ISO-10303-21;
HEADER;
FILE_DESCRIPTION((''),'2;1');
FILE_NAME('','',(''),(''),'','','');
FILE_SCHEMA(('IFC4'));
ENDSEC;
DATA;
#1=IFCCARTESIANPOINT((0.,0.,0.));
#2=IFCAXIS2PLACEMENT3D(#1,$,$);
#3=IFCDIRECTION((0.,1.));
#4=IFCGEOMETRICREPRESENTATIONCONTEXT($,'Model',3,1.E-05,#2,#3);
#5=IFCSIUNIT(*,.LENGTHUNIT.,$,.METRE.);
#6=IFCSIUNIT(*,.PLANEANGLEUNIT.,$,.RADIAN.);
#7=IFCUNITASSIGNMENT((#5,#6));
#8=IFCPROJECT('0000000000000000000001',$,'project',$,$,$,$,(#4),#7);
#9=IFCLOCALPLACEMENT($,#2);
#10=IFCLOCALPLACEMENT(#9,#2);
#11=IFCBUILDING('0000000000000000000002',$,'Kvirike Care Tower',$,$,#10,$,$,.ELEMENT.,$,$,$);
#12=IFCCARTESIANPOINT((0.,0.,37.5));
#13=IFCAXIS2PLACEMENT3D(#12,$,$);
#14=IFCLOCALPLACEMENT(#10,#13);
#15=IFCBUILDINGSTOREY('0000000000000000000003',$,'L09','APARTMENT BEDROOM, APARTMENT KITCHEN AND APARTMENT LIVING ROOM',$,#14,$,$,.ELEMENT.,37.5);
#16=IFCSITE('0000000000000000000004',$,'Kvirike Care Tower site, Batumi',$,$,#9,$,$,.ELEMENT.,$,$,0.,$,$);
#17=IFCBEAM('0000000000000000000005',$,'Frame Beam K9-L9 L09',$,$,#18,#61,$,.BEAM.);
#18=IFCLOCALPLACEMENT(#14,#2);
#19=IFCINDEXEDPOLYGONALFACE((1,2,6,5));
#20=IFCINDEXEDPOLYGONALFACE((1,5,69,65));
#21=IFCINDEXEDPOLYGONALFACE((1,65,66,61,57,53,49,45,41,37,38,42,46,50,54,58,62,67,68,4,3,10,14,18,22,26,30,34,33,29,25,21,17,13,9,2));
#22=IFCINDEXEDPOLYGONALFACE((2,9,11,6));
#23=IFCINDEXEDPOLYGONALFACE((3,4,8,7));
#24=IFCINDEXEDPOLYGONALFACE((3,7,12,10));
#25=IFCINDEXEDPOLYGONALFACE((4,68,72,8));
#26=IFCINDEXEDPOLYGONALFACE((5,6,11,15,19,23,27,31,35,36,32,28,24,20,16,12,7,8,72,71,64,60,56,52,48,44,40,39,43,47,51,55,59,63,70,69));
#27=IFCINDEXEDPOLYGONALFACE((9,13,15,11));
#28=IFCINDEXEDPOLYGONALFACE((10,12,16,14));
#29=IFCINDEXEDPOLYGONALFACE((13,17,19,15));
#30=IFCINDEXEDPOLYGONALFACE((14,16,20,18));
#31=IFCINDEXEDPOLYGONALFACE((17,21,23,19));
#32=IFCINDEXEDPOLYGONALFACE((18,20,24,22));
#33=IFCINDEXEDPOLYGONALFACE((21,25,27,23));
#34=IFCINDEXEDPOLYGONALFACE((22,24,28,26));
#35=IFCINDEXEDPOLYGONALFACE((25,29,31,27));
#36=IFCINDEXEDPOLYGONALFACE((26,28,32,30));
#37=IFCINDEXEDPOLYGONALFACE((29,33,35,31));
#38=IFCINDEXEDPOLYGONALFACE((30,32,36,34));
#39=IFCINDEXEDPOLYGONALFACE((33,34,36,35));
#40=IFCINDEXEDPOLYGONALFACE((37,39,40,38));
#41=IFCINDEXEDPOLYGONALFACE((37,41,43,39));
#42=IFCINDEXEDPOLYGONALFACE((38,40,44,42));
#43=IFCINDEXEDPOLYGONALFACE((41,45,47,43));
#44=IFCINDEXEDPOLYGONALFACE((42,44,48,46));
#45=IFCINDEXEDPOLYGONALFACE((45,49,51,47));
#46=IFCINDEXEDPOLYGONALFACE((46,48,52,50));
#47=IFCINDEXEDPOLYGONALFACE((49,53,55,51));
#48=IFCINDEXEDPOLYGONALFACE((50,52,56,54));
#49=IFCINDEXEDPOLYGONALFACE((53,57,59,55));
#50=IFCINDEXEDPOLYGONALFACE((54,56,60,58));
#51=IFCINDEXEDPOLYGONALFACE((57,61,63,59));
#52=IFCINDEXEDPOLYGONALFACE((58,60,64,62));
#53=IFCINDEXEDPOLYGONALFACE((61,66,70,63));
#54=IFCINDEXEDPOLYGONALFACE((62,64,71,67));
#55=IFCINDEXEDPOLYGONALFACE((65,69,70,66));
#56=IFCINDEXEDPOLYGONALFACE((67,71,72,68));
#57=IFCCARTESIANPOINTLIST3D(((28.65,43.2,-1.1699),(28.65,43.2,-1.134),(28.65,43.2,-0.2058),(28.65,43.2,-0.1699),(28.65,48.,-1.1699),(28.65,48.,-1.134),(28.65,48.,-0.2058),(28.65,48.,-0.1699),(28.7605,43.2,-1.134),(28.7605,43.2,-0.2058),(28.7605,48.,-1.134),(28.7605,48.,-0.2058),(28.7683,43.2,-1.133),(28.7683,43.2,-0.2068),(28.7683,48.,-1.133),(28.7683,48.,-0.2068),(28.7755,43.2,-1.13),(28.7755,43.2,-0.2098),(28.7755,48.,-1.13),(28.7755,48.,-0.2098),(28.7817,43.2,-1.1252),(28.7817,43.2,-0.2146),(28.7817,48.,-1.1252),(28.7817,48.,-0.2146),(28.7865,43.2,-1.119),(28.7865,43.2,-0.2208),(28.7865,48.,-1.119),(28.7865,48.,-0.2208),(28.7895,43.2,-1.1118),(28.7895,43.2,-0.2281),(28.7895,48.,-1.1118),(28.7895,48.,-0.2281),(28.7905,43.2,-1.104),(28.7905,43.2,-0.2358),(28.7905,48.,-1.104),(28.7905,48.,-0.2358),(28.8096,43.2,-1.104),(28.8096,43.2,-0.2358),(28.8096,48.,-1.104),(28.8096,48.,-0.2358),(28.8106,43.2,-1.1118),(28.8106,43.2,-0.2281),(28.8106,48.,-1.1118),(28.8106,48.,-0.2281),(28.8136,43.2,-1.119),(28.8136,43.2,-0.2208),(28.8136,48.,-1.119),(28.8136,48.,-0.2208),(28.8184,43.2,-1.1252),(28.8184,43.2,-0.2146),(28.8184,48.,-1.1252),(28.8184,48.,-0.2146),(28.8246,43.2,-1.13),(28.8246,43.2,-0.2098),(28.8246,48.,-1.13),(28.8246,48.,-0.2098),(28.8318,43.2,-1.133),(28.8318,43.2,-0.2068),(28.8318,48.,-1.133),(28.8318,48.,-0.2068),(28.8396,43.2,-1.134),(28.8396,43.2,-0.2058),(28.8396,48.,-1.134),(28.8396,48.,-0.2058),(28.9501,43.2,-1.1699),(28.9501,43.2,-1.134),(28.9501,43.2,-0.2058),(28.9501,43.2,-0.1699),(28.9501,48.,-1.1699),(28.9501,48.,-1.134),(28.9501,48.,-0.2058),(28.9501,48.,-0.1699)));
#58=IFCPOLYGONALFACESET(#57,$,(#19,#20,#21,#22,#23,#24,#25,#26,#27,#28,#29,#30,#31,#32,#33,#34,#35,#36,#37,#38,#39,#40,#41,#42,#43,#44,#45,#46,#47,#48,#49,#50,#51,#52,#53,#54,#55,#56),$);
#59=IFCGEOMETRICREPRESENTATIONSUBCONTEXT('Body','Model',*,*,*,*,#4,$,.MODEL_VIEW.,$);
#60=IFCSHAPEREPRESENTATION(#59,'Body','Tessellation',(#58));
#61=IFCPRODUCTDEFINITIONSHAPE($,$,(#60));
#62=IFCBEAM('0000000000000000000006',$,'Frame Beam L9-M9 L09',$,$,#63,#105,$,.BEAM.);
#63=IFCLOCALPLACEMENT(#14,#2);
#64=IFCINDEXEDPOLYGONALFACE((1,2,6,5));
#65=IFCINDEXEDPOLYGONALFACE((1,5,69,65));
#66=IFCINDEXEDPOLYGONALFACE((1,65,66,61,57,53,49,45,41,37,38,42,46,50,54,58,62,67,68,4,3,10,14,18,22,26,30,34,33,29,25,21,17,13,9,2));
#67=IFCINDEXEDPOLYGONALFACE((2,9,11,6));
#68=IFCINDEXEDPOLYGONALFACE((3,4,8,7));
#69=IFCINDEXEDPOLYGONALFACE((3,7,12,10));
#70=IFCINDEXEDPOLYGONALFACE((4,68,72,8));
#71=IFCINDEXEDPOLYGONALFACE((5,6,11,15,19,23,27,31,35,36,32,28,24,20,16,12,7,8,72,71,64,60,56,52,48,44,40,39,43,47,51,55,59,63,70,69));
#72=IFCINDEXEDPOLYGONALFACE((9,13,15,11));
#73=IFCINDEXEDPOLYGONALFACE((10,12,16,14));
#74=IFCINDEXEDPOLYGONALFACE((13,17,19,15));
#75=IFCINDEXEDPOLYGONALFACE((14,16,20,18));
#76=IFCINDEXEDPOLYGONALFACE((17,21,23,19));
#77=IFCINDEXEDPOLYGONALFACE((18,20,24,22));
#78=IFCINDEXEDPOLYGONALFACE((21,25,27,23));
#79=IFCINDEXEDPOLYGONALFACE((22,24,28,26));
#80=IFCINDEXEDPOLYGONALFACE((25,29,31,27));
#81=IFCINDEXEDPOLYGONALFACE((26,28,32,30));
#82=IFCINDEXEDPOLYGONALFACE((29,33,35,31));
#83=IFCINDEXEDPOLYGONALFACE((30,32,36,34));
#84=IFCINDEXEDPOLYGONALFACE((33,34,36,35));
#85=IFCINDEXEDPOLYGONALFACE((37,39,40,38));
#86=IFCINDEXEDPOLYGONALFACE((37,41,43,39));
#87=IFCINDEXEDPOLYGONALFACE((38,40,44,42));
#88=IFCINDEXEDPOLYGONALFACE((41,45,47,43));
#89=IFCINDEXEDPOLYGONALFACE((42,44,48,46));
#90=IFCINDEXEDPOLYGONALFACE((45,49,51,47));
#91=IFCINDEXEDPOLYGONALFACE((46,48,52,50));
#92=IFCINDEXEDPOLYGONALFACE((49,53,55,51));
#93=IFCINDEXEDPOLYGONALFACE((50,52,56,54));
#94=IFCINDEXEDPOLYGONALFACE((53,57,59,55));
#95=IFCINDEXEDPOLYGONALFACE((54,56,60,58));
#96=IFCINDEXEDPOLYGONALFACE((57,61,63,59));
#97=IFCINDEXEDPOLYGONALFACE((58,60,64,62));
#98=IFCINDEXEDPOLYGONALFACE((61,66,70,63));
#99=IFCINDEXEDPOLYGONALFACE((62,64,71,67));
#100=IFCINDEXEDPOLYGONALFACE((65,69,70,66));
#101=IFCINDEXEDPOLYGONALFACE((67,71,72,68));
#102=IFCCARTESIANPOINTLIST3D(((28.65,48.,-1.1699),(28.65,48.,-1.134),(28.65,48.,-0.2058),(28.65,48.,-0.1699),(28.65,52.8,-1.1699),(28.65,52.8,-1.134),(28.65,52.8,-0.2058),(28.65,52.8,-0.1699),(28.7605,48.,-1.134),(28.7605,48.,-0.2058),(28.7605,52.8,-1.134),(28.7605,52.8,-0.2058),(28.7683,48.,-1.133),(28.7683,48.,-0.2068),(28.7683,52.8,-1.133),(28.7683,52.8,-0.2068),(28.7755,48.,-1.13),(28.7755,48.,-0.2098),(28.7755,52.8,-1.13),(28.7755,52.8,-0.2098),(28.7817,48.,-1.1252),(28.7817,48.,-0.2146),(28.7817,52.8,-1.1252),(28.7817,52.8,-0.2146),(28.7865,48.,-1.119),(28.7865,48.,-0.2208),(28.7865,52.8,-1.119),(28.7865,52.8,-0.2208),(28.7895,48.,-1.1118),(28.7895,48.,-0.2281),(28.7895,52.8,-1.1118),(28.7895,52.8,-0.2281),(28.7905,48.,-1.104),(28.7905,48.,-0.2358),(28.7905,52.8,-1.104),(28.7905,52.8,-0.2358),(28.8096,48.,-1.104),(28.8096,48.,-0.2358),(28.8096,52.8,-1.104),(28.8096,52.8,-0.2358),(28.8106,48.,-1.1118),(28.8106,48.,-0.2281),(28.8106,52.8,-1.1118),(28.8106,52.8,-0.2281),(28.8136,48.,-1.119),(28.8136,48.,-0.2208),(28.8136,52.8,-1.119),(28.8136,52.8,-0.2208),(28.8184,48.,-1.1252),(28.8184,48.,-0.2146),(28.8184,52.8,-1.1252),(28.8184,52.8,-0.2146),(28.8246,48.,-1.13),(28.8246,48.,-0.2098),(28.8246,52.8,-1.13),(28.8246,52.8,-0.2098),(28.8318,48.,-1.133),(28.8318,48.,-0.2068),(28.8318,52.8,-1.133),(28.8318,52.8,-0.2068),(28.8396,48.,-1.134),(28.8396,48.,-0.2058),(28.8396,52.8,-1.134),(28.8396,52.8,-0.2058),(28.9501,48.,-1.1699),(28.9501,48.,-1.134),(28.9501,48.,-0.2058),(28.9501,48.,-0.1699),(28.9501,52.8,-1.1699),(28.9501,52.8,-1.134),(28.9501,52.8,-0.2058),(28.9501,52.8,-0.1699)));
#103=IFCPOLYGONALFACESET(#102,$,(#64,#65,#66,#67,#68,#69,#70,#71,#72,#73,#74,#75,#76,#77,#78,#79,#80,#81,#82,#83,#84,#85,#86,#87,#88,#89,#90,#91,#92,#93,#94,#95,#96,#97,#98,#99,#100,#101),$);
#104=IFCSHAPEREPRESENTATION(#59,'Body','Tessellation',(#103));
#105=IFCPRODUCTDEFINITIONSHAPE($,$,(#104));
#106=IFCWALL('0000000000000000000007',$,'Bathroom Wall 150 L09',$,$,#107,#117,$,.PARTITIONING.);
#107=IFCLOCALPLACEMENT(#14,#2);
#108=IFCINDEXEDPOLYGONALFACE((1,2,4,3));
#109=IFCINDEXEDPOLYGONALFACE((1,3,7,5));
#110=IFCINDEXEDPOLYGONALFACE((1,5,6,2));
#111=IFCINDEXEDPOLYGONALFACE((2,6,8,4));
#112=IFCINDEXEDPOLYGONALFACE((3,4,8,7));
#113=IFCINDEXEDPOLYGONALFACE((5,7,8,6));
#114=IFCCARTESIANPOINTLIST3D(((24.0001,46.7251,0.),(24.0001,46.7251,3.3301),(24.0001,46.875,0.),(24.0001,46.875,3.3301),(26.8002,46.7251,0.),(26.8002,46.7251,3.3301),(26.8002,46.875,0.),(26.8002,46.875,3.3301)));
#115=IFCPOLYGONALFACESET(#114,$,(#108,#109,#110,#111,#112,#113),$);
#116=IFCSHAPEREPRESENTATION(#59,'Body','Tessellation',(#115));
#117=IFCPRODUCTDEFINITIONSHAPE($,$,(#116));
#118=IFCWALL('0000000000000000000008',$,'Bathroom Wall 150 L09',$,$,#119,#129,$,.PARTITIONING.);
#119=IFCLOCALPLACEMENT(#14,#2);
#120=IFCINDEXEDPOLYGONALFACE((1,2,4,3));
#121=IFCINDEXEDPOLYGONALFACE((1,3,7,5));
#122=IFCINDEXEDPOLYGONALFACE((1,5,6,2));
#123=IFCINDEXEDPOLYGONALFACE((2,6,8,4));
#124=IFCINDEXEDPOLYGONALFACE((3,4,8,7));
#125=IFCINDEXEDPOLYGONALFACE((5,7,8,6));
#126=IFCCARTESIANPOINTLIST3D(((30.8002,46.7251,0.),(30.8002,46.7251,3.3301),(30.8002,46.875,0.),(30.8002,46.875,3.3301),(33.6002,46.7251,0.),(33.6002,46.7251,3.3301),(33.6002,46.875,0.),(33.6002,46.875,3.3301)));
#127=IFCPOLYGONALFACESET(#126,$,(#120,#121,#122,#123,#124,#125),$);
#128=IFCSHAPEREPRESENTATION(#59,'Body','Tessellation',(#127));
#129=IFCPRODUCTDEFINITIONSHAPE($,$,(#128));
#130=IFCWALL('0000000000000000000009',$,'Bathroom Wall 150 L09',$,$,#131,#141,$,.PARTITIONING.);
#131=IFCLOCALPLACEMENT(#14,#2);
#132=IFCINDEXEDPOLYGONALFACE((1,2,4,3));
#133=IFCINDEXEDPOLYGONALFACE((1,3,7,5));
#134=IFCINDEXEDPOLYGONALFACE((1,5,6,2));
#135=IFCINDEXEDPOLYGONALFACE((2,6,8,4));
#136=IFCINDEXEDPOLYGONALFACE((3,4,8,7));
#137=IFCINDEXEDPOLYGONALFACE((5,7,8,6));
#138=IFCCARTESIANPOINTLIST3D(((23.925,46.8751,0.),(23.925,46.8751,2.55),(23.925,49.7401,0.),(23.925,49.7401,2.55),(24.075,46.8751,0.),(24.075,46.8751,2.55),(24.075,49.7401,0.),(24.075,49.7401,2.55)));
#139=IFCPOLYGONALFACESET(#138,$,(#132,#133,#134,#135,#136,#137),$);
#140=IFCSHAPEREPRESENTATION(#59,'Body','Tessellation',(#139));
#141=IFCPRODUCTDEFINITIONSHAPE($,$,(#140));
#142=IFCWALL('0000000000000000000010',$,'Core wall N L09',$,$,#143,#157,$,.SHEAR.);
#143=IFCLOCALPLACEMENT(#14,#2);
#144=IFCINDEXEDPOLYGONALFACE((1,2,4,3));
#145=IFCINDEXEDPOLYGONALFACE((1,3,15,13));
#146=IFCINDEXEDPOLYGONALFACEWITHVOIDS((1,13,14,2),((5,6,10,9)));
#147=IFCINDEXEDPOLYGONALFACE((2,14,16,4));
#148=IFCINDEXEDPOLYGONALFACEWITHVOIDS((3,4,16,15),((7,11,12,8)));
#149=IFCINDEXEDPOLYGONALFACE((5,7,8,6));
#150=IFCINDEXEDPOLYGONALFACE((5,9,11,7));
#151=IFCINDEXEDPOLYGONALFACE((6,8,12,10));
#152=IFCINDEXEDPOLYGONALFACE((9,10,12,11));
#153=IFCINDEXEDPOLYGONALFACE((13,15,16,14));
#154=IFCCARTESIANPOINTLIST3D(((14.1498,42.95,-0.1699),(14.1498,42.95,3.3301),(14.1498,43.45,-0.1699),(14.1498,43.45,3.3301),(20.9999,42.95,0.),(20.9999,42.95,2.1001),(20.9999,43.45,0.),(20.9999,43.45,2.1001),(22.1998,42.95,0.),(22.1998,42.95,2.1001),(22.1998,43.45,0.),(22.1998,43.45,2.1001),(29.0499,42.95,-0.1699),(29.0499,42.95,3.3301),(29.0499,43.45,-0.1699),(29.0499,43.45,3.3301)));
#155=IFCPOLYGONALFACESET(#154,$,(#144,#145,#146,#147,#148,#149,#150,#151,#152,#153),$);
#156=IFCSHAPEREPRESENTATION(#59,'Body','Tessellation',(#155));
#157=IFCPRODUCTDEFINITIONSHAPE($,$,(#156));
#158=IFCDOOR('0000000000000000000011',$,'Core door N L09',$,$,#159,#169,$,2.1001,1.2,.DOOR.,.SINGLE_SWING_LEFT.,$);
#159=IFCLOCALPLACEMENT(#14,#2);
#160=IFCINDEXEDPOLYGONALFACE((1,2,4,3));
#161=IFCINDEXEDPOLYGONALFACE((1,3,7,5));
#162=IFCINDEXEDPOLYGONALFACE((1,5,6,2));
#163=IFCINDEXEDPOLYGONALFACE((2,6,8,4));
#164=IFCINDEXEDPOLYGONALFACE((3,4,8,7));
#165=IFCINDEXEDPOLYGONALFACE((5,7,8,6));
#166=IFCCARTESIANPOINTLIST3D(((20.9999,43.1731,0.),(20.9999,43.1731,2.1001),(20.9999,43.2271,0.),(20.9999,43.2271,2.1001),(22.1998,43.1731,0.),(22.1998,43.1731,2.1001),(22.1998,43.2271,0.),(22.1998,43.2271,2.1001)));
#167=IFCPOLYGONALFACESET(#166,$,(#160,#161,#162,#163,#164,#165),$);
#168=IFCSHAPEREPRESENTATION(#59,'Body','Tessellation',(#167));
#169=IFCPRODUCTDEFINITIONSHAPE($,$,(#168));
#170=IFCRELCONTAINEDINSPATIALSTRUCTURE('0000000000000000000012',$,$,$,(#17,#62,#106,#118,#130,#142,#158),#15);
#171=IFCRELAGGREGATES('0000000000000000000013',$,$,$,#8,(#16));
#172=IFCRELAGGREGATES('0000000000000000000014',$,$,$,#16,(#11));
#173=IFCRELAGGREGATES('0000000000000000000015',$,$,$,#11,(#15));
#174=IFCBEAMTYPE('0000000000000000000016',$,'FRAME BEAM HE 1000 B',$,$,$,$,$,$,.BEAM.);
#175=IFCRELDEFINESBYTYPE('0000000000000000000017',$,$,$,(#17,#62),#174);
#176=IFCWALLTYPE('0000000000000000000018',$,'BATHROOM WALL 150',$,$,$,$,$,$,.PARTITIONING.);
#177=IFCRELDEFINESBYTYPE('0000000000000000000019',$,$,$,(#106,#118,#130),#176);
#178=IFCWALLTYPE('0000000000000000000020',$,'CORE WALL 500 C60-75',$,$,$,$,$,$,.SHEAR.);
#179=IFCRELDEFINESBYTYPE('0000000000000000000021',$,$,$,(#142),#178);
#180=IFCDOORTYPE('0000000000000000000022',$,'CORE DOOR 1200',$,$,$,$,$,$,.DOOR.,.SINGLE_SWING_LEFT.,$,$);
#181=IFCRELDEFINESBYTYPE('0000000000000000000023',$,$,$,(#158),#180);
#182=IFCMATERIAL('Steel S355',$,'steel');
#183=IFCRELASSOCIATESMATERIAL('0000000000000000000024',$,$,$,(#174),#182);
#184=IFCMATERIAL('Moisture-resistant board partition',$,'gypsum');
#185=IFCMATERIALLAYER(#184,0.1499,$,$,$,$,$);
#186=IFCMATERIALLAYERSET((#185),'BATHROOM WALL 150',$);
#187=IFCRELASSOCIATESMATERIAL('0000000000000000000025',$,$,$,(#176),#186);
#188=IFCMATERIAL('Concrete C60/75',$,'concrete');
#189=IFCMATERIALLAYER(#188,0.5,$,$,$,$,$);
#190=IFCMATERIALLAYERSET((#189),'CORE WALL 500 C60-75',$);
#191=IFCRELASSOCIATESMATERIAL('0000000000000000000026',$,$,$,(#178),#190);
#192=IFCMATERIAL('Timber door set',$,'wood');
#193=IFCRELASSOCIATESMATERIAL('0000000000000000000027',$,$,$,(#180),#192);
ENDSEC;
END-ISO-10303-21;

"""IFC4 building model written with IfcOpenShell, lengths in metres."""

from ifc_helpers import new_model, si_unit, direction, frame, frame_2d, origin, origin_2d, place, context, subcontext, project, spatial, rectangle, i_section, extrude, material, layer, layer_set, material_profile, profile_set, type_object, element, fill, save


model = new_model("IFC4")

# Units and contexts
model_context = context("Model", 3, precision=1e-05, world=origin(), true_north=direction((0.0, 1.0)))
body_context = subcontext(model_context, "Body", "Model", "MODEL_VIEW")
ifc_project = project(units=[si_unit("LENGTHUNIT", "METRE"), si_unit("PLANEANGLEUNIT", "RADIAN")], contexts=[model_context])

# Site, building, storey
site_placement = place(None, origin())
site = spatial("IfcSite", under=ifc_project, at=site_placement, Name="Kvirike Care Tower site, Batumi", CompositionType="ELEMENT", RefElevation=0.0)
building_placement = place(site_placement, origin())
building = spatial("IfcBuilding", under=site, at=building_placement, Name="Kvirike Care Tower", CompositionType="ELEMENT")
storey_placement = place(building_placement, frame((0.0, 0.0, 37.5)))
storey = spatial("IfcBuildingStorey", under=building, at=storey_placement, Name="L09", Description="APARTMENT BEDROOM, APARTMENT KITCHEN AND APARTMENT LIVING ROOM", CompositionType="ELEMENT", Elevation=37.5)

# Beams
ifc_material_1 = material(Name="Steel S355", Category="steel")
ifc_material_profile_1 = material_profile(ifc_material_1, i_section(OverallWidth=0.3, OverallDepth=1.0, WebThickness=0.019, FlangeThickness=0.0359, FilletRadius=0.03, at=origin_2d()), Name="HE 1000 B")
ifc_profile_set_1 = profile_set([ifc_material_profile_1], Name="Steel S355")
beam_type_1 = type_object("IfcBeamType", Name="FRAME BEAM HE 1000 B", PredefinedType="BEAM", material=ifc_profile_set_1)
for number, where, z_axis, x_axis, name in (
    (1, (28.8, 43.2, -0.6699), (0.0, 1.0, 0.0), (-1.0, 0.0, 0.0), "Frame Beam K9-L9 L09"),
    (2, (28.8, 48.0, -0.6699), (0.0, 1.0, 0.0), (-1.0, 0.0, 0.0), "Frame Beam L9-M9 L09"),
):
    element("IfcBeam", number, at=place(storey_placement, frame(where, z_axis=z_axis, x_axis=x_axis)), inside=storey, type_object=beam_type_1, Name=name, PredefinedType="BEAM", context=body_context, shape_type="SweptSolid", body=[
        extrude(i_section(OverallWidth=0.3, OverallDepth=1.0, WebThickness=0.019, FlangeThickness=0.0359, FilletRadius=0.03, at=origin_2d()), origin(), (0.0, 0.0, 1.0), 4.8),
    ])

# Walls
ifc_material_2 = material(Name="Moisture-resistant board partition", Category="gypsum")
ifc_layer_1 = layer(ifc_material_2, 0.1499)
ifc_layer_set_1 = layer_set([ifc_layer_1], Name="BATHROOM WALL 150")
wall_type_1 = type_object("IfcWallType", Name="BATHROOM WALL 150", PredefinedType="PARTITIONING", material=ifc_layer_set_1)
for number, where, z_axis, x_axis, name in (
    (3, (26.8, 46.8, 0.0), (0.0, 0.0, 1.0), (-1.0, 0.0, 0.0), "Bathroom Wall 150 L09"),
    (4, (33.6001, 46.8, 0.0), (0.0, 0.0, 1.0), (-1.0, 0.0, 0.0), "Bathroom Wall 150 L09"),
):
    element("IfcWall", number, at=place(storey_placement, frame(where, z_axis=z_axis, x_axis=x_axis)), inside=storey, type_object=wall_type_1, Name=name, PredefinedType="PARTITIONING", context=body_context, shape_type="SweptSolid", body=[
        extrude(rectangle(XDim=2.8, YDim=0.1499, at=frame_2d((1.3999, 0.0))), origin(), (0.0, 0.0, 1.0), 3.3301),
    ])
wall_1_placement = place(storey_placement, frame((24.0, 46.875, 0.0), z_axis=(0.0, 0.0, 1.0), x_axis=(0.0, 1.0, 0.0)))
element("IfcWall", 5, at=wall_1_placement, inside=storey, type_object=wall_type_1, Name="Bathroom Wall 150 L09", PredefinedType="PARTITIONING", context=body_context, shape_type="SweptSolid", body=[
    extrude(rectangle(XDim=2.865, YDim=0.1499, at=frame_2d((1.4326, 0.0))), origin(), (0.0, 0.0, 1.0), 2.55),
])

# Wall, opening, door
ifc_material_3 = material(Name="Concrete C60/75", Category="concrete")
ifc_layer_2 = layer(ifc_material_3, 0.5)
ifc_layer_set_2 = layer_set([ifc_layer_2], Name="CORE WALL 500 C60-75")
wall_type_2 = type_object("IfcWallType", Name="CORE WALL 500 C60-75", PredefinedType="SHEAR", material=ifc_layer_set_2)
wall_2_placement = place(storey_placement, frame((29.05, 43.2, -0.1699), z_axis=(0.0, 0.0, 1.0), x_axis=(-1.0, 0.0, 0.0)))
wall_2 = element("IfcWall", 6, at=wall_2_placement, inside=storey, type_object=wall_type_2, Name="Core wall N L09", PredefinedType="SHEAR", context=body_context, shape_type="SweptSolid", body=[
    extrude(rectangle(XDim=14.9001, YDim=0.5, at=frame_2d((7.4502, 0.0))), origin(), (0.0, 0.0, 1.0), 3.5),
])
opening_1_placement = place(wall_2_placement, frame((6.8501, 0.0, 0.1699)))
opening_1 = element("IfcOpeningElement", 7, at=opening_1_placement, cuts=wall_2, PredefinedType="OPENING", context=body_context, shape_type="SweptSolid", body=[
    extrude(rectangle(XDim=1.2, YDim=2.1001, at=frame_2d((0.6001, 1.05))), frame((0.0, 0.2605, 0.0), z_axis=(0.0, -1.0, 0.0), x_axis=(1.0, 0.0, 0.0)), (0.0, 0.0, 1.0), 0.521),
])
ifc_material_4 = material(Name="Timber door set", Category="wood")
door_type_1 = type_object("IfcDoorType", Name="CORE DOOR 1200", OperationType="SINGLE_SWING_LEFT", PredefinedType="DOOR", material=ifc_material_4)
door_1_placement = place(opening_1_placement, origin())
door_1 = element("IfcDoor", 8, at=door_1_placement, inside=storey, type_object=door_type_1, Name="Core door N L09", OperationType="SINGLE_SWING_LEFT", OverallHeight=2.1001, OverallWidth=1.2, PredefinedType="DOOR", context=body_context, shape_type="SweptSolid", body=[
    extrude(rectangle(XDim=1.2, YDim=2.1001, at=frame_2d((0.6001, 1.05))), frame((0.0, 0.0269, 0.0), z_axis=(0.0, -1.0, 0.0), x_axis=(1.0, 0.0, 0.0)), (0.0, 0.0, 1.0), 0.054),
])
fill(opening_1, door_1)

save(model, "model.ifc")
